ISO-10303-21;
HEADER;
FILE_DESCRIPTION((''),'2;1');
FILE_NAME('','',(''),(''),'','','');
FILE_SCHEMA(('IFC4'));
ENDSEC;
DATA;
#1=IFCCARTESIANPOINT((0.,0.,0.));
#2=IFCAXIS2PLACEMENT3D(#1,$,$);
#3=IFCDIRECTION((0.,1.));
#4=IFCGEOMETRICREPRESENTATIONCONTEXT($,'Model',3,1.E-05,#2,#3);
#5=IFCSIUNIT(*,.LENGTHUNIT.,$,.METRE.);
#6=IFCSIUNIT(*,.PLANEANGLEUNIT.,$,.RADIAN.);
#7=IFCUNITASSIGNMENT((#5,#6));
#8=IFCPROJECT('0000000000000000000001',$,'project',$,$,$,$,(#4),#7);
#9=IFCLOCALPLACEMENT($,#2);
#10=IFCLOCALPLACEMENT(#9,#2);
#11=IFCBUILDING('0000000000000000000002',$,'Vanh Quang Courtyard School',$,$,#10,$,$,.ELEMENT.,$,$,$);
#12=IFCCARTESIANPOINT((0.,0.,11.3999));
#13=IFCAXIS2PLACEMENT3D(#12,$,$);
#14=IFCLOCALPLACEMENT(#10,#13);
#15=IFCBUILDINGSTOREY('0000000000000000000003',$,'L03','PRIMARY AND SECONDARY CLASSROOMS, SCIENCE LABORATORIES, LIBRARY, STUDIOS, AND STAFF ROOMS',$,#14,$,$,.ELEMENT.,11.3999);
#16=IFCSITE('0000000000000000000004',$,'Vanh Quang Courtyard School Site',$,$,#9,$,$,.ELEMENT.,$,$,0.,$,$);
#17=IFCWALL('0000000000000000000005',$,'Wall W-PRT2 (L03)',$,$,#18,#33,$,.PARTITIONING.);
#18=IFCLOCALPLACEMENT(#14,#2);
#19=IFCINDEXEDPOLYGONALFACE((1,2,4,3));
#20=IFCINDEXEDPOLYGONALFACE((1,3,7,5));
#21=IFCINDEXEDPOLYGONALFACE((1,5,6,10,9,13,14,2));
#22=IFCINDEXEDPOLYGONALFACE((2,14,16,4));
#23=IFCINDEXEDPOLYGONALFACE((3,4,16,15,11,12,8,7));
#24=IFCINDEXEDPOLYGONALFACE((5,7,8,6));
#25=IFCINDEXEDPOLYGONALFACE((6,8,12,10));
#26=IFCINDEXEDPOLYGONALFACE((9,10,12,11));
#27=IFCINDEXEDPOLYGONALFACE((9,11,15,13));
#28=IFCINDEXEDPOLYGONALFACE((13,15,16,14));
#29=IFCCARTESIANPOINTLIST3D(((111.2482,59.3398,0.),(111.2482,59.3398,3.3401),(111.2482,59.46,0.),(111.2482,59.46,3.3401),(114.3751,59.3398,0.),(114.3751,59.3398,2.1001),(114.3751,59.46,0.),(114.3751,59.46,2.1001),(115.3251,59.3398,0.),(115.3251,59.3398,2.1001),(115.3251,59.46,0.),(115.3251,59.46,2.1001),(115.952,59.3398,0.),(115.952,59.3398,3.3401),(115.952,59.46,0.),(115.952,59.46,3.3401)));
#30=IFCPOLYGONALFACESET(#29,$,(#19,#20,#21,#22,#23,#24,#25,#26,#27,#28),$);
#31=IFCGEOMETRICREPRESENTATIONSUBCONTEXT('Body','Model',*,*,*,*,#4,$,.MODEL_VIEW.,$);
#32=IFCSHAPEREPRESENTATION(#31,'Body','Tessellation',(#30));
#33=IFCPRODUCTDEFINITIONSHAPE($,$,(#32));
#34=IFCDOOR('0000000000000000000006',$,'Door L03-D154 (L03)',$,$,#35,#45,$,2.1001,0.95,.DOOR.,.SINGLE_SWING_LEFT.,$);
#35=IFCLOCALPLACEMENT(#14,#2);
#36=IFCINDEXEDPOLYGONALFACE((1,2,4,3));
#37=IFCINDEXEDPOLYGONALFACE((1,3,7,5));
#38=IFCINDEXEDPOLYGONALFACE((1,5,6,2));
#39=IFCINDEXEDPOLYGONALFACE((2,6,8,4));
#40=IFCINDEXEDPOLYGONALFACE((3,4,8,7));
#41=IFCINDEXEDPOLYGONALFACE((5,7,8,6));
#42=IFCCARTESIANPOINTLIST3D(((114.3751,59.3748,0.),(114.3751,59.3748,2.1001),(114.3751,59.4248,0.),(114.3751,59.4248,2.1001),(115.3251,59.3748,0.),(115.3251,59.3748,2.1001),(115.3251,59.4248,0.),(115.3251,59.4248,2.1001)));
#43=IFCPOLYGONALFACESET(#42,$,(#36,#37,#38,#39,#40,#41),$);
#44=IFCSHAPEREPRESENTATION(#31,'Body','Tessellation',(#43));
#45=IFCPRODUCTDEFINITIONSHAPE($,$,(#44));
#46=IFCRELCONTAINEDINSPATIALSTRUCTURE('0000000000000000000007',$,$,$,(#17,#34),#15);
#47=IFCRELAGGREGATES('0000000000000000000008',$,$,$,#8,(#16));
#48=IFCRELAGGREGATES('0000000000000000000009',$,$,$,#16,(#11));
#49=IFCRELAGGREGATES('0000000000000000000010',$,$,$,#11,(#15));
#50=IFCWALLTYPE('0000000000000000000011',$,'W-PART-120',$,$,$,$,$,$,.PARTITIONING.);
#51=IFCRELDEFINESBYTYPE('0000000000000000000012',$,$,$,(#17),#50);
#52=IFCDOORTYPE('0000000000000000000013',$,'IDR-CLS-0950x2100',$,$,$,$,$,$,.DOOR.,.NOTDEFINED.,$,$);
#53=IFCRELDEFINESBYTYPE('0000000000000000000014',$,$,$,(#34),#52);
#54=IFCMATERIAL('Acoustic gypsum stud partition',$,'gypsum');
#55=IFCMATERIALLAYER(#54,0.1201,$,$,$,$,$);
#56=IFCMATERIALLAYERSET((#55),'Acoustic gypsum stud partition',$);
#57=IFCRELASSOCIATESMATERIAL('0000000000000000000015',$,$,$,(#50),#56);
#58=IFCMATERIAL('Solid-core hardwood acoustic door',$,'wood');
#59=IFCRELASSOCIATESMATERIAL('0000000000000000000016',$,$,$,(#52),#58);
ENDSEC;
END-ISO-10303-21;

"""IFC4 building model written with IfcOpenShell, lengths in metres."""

from ifc_helpers import new_model, si_unit, direction, frame, frame_2d, origin, place, context, subcontext, project, spatial, rectangle, extrude, material, layer, layer_set, type_object, element, fill, save


model = new_model("IFC4")

# Units and contexts
model_context = context("Model", 3, precision=1e-05, world=origin(), true_north=direction((0.0, 1.0)))
body_context = subcontext(model_context, "Body", "Model", "MODEL_VIEW")
ifc_project = project(units=[si_unit("LENGTHUNIT", "METRE"), si_unit("PLANEANGLEUNIT", "RADIAN")], contexts=[model_context])

# Site, building, storey
site_placement = place(None, origin())
site = spatial("IfcSite", under=ifc_project, at=site_placement, Name="Vanh Quang Courtyard School Site", CompositionType="ELEMENT", RefElevation=0.0)
building_placement = place(site_placement, origin())
building = spatial("IfcBuilding", under=site, at=building_placement, Name="Vanh Quang Courtyard School", CompositionType="ELEMENT")
storey_placement = place(building_placement, frame((0.0, 0.0, 11.3999)))
storey = spatial("IfcBuildingStorey", under=building, at=storey_placement, Name="L03", Description="PRIMARY AND SECONDARY CLASSROOMS, SCIENCE LABORATORIES, LIBRARY, STUDIOS, AND STAFF ROOMS", CompositionType="ELEMENT", Elevation=11.3999)

# Wall, opening, door
ifc_material_1 = material(Name="Acoustic gypsum stud partition", Category="gypsum")
ifc_layer_1 = layer(ifc_material_1, 0.1201)
ifc_layer_set_1 = layer_set([ifc_layer_1], Name="Acoustic gypsum stud partition")
wall_type_1 = type_object("IfcWallType", Name="W-PART-120", PredefinedType="PARTITIONING", material=ifc_layer_set_1)
wall_1_placement = place(storey_placement, frame((111.248, 59.3999, 0.0), z_axis=(0.0, 0.0, 1.0), x_axis=(1.0, 0.0, 0.0)))
wall_1 = element("IfcWall", 1, at=wall_1_placement, inside=storey, type_object=wall_type_1, Name="Wall W-PRT2 (L03)", PredefinedType="PARTITIONING", context=body_context, shape_type="SweptSolid", body=[
    extrude(rectangle(XDim=4.7039, YDim=0.1201, at=frame_2d((2.3521, 0.0))), origin(), (0.0, 0.0, 1.0), 3.3401),
])
opening_1_placement = place(wall_1_placement, frame((3.127, 0.0, 0.0)))
opening_1 = element("IfcOpeningElement", 2, at=opening_1_placement, cuts=wall_1, PredefinedType="OPENING", context=body_context, shape_type="SweptSolid", body=[
    extrude(rectangle(XDim=0.95, YDim=2.1001, at=frame_2d((0.4751, 1.05))), frame((0.0, 0.0701, 0.0), z_axis=(0.0, -1.0, 0.0), x_axis=(1.0, 0.0, 0.0)), (0.0, 0.0, 1.0), 0.1401),
])
ifc_material_2 = material(Name="Solid-core hardwood acoustic door", Category="wood")
door_type = type_object("IfcDoorType", Name="IDR-CLS-0950x2100", OperationType="NOTDEFINED", PredefinedType="DOOR", material=ifc_material_2)
door_placement = place(opening_1_placement, origin())
door = element("IfcDoor", 3, at=door_placement, inside=storey, type_object=door_type, Name="Door L03-D154 (L03)", OperationType="SINGLE_SWING_LEFT", OverallHeight=2.1001, OverallWidth=0.95, PredefinedType="DOOR", context=body_context, shape_type="SweptSolid", body=[
    extrude(rectangle(XDim=0.95, YDim=2.1001, at=frame_2d((0.4751, 1.05))), frame((0.0, 0.0249, 0.0), z_axis=(0.0, -1.0, 0.0), x_axis=(1.0, 0.0, 0.0)), (0.0, 0.0, 1.0), 0.05),
])
fill(opening_1, door)

save(model, "model.ifc")
